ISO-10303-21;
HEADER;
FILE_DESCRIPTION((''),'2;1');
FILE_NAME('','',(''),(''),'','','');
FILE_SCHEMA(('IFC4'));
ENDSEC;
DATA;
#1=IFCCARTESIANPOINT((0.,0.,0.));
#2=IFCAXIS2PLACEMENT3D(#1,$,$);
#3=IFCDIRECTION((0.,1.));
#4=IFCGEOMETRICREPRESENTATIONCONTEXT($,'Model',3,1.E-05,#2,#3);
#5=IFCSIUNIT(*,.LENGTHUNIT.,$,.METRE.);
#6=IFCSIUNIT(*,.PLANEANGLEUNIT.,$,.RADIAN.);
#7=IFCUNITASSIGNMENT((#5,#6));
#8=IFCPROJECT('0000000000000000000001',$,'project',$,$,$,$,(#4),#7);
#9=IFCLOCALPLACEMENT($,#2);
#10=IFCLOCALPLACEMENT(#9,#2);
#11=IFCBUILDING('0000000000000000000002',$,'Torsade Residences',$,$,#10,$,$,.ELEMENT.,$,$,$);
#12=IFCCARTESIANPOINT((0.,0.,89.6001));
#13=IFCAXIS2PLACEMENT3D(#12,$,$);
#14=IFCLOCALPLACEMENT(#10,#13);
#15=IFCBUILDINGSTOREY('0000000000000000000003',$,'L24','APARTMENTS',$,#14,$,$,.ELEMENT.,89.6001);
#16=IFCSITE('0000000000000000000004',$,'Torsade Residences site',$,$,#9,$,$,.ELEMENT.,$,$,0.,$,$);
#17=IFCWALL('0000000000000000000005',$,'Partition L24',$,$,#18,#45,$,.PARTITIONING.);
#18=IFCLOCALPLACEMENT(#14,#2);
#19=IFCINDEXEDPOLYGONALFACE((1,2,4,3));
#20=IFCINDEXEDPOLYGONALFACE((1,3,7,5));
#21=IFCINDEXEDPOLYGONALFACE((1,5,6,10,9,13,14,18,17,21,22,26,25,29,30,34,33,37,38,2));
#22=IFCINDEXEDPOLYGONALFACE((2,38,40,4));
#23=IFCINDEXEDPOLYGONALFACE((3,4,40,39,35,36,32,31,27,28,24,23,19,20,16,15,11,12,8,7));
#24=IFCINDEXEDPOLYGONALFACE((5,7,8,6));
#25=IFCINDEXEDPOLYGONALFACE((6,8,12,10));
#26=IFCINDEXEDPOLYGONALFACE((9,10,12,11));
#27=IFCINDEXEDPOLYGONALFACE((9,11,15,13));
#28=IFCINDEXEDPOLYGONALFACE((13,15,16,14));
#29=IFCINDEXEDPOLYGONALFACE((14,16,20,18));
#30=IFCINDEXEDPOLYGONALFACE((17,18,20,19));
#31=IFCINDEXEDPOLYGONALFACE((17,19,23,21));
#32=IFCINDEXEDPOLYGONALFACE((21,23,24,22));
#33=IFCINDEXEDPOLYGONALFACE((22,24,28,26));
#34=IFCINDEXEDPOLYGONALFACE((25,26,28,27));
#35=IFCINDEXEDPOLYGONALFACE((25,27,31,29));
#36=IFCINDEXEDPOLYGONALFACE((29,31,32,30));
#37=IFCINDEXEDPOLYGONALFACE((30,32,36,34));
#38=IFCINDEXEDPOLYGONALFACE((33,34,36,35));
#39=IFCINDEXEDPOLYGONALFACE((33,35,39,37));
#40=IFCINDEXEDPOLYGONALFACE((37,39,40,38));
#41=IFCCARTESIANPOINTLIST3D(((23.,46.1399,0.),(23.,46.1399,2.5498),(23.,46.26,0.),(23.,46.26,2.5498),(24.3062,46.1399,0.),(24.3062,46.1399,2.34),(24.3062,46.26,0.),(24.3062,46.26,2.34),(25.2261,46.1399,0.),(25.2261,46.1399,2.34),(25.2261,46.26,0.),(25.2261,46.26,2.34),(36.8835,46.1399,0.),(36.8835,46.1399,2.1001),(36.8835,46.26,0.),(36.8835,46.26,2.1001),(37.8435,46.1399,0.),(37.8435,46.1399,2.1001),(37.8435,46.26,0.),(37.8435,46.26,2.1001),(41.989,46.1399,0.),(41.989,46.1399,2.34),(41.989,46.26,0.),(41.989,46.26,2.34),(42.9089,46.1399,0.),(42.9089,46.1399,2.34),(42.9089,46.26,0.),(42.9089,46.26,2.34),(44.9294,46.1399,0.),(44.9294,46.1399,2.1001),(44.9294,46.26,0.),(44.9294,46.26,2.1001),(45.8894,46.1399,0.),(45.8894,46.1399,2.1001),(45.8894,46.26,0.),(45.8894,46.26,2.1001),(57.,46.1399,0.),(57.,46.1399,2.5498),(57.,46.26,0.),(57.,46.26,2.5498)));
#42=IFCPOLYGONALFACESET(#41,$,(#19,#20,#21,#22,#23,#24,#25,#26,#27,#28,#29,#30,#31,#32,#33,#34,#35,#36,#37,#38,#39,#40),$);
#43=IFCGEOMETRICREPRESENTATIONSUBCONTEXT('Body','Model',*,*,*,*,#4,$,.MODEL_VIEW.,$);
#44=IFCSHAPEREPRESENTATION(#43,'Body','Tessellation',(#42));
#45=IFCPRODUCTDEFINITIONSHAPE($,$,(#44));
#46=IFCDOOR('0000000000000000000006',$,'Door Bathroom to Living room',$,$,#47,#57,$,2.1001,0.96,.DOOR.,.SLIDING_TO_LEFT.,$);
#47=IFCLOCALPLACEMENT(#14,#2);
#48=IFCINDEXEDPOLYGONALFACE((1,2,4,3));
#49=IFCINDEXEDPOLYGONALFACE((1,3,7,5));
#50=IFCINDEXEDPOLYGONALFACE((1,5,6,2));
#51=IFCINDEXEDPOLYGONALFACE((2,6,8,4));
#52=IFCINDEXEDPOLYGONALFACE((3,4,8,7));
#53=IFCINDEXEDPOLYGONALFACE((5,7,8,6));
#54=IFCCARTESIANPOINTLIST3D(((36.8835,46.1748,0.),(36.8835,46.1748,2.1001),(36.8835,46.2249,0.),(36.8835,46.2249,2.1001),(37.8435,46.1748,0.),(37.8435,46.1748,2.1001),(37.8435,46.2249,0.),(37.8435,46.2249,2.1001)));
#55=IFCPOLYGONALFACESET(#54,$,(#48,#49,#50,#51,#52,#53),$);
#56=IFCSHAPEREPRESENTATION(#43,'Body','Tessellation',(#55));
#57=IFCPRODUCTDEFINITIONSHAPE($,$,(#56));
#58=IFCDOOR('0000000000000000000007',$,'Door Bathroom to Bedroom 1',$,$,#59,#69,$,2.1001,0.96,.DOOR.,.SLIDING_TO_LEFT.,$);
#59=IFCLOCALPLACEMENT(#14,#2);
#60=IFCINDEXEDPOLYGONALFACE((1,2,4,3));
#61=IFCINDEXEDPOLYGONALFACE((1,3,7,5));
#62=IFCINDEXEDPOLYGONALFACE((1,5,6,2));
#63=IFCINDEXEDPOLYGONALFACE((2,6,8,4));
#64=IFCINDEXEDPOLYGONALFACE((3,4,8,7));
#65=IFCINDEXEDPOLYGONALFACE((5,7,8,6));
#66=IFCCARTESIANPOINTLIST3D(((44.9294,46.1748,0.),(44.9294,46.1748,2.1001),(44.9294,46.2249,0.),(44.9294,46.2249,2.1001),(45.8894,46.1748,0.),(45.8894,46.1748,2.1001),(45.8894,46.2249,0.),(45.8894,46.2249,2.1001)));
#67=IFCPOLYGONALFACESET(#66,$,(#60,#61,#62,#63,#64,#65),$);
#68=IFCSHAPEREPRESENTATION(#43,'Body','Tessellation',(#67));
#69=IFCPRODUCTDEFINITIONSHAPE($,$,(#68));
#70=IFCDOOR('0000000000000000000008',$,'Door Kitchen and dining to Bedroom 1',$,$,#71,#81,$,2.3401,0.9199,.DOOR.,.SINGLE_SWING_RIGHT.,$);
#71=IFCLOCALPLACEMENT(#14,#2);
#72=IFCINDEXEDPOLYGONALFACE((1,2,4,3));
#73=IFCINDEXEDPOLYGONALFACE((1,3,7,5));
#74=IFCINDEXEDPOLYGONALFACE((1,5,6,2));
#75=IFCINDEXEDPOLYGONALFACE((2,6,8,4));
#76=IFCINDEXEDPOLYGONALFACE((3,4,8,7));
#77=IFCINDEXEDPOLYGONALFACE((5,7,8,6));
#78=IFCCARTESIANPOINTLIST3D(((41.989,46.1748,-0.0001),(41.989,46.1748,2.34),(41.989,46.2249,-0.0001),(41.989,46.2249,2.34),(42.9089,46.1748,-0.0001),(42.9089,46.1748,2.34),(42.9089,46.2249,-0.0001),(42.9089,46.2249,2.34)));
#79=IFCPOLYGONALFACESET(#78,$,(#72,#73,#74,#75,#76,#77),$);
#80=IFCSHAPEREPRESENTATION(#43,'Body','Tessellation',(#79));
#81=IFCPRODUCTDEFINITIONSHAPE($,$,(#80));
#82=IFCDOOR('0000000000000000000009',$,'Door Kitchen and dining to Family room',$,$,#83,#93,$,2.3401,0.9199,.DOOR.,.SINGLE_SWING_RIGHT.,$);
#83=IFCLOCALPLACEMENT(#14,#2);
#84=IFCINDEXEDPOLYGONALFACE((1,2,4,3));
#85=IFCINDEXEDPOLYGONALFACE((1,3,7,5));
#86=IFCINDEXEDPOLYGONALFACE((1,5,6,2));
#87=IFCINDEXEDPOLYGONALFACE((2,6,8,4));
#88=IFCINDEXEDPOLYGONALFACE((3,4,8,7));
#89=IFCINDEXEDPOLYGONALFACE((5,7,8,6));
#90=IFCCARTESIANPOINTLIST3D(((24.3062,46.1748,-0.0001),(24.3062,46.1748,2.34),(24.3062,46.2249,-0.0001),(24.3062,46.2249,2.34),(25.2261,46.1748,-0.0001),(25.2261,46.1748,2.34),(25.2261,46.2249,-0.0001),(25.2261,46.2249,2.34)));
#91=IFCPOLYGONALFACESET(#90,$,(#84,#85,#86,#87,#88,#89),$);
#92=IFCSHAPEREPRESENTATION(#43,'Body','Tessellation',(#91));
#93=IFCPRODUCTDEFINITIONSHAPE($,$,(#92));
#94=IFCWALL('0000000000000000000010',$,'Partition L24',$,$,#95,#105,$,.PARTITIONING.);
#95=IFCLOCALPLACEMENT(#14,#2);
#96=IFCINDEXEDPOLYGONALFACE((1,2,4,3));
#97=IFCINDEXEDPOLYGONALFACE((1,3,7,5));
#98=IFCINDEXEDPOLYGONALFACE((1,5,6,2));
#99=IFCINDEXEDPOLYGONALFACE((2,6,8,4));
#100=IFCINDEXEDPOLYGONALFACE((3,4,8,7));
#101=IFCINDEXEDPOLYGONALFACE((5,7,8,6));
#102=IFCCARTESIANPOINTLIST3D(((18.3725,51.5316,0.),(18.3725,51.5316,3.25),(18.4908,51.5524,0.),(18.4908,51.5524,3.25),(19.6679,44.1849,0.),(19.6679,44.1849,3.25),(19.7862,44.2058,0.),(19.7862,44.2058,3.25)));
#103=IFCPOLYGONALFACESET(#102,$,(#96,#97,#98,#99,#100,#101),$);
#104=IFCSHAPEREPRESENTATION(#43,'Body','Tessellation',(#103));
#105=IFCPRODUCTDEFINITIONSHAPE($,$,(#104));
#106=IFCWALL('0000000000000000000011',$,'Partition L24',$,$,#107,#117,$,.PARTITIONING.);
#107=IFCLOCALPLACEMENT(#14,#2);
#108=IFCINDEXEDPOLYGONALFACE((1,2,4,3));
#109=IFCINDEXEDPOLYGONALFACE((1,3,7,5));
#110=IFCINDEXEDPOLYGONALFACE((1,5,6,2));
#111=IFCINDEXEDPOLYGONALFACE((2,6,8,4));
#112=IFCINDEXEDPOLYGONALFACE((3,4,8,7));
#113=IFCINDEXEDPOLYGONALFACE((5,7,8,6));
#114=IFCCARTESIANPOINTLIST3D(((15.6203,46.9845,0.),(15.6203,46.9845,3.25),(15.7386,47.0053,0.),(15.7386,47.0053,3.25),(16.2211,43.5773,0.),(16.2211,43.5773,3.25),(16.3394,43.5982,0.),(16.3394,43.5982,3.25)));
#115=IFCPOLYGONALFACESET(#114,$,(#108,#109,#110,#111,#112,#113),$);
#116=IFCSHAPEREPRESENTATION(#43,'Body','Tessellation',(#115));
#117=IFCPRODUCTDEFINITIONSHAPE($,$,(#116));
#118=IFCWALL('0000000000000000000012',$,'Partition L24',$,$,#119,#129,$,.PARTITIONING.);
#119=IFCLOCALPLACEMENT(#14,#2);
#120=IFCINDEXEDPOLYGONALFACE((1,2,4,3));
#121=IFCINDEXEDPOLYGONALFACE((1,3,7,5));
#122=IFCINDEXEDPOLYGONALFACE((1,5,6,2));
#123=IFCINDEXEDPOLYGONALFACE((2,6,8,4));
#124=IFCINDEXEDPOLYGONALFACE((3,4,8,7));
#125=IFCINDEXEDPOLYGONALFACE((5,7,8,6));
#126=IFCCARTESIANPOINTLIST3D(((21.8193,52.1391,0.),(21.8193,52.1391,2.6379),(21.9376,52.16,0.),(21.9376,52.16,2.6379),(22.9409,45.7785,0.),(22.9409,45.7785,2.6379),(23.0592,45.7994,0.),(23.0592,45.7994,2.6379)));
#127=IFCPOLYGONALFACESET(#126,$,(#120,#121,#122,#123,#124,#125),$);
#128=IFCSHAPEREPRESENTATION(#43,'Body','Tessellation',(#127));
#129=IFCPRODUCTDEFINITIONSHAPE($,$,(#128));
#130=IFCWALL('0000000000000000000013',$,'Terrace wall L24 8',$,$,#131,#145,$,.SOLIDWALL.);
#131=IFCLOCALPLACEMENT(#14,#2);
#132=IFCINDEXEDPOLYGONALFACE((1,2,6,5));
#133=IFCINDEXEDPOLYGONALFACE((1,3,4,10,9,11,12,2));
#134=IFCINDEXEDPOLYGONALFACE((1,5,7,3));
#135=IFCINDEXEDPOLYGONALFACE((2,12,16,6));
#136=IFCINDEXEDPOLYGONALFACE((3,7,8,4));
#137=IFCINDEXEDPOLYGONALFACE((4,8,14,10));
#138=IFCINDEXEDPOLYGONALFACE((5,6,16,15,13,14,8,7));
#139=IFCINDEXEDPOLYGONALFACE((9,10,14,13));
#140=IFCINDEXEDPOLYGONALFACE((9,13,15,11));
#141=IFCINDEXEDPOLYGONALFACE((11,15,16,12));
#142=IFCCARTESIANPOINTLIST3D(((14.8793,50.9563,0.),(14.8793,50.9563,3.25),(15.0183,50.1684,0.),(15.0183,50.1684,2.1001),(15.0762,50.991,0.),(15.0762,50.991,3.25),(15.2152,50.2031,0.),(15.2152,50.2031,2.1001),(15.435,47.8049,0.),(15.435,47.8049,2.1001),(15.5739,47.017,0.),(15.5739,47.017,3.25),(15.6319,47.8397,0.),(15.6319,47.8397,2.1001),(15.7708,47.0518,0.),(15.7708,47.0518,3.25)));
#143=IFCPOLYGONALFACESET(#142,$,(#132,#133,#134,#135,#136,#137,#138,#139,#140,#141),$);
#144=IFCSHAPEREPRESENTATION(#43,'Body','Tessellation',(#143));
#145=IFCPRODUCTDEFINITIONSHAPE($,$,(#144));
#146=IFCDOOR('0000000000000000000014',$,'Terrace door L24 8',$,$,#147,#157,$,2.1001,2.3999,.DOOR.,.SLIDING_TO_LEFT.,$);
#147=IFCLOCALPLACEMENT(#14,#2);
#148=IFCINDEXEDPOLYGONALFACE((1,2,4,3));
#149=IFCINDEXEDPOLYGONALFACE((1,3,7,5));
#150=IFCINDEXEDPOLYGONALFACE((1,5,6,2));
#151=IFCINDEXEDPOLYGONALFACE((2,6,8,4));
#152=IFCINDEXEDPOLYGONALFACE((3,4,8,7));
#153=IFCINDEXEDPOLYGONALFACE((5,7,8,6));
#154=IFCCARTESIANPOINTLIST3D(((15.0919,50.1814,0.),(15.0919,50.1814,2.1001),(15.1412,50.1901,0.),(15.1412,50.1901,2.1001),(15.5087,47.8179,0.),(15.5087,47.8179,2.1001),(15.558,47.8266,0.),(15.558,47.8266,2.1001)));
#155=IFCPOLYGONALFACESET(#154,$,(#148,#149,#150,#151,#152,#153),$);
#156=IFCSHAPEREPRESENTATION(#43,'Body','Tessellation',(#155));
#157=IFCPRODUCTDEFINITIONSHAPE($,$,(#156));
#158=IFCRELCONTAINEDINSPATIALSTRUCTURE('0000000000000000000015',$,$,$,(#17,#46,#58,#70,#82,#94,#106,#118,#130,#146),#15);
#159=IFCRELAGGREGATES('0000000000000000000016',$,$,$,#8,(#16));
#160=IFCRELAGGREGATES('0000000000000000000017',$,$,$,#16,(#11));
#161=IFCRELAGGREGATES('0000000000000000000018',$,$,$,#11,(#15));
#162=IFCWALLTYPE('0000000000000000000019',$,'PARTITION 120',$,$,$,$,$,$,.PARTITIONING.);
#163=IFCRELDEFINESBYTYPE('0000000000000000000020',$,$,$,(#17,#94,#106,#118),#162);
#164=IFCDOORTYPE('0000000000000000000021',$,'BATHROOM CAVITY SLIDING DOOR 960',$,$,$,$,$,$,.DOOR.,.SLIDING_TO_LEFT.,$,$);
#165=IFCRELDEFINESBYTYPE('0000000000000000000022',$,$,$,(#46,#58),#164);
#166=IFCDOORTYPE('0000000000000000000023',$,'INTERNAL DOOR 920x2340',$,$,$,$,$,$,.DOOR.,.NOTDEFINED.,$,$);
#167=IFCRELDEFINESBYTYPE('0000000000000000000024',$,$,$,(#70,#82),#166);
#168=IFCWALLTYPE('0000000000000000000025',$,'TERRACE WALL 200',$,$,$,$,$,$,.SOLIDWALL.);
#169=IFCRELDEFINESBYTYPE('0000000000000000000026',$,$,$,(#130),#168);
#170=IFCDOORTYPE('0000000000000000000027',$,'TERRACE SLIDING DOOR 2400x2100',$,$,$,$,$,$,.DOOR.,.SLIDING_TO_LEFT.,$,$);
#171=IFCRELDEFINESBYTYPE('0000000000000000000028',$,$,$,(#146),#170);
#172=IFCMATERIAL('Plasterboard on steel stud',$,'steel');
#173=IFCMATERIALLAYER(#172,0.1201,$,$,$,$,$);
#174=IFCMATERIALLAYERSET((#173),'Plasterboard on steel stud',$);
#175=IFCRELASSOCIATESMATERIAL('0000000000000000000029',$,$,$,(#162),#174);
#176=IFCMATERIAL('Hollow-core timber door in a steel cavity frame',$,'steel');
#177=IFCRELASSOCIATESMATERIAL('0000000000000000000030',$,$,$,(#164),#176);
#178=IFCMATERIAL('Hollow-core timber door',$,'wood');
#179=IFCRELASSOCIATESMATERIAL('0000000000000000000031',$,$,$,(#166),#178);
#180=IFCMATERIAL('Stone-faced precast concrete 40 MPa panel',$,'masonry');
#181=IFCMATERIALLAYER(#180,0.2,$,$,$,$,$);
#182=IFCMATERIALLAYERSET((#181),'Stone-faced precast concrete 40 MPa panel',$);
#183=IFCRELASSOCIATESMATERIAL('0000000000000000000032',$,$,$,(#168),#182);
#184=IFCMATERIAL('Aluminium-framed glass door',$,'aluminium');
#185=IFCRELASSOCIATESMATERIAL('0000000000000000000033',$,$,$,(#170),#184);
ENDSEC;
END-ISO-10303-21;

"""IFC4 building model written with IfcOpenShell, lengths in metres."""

from ifc_helpers import new_model, si_unit, direction, frame, frame_2d, origin, place, context, subcontext, project, spatial, rectangle, extrude, material, layer, layer_set, type_object, element, fill, save


model = new_model("IFC4")

# Units and contexts
model_context = context("Model", 3, precision=1e-05, world=origin(), true_north=direction((0.0, 1.0)))
body_context = subcontext(model_context, "Body", "Model", "MODEL_VIEW")
ifc_project = project(units=[si_unit("LENGTHUNIT", "METRE"), si_unit("PLANEANGLEUNIT", "RADIAN")], contexts=[model_context])

# Site, building, storey
site_placement = place(None, origin())
site = spatial("IfcSite", under=ifc_project, at=site_placement, Name="Torsade Residences site", CompositionType="ELEMENT", RefElevation=0.0)
building_placement = place(site_placement, origin())
building = spatial("IfcBuilding", under=site, at=building_placement, Name="Torsade Residences", CompositionType="ELEMENT")
storey_placement = place(building_placement, frame((0.0, 0.0, 89.6001)))
storey = spatial("IfcBuildingStorey", under=building, at=storey_placement, Name="L24", Description="APARTMENTS", CompositionType="ELEMENT", Elevation=89.6001)

# Wall, openings, doors
ifc_material_1 = material(Name="Plasterboard on steel stud", Category="steel")
ifc_layer_1 = layer(ifc_material_1, 0.1201)
ifc_layer_set_1 = layer_set([ifc_layer_1], Name="Plasterboard on steel stud")
wall_type_1 = type_object("IfcWallType", Name="PARTITION 120", PredefinedType="PARTITIONING", material=ifc_layer_set_1)
wall_1_placement = place(storey_placement, frame((23.0, 46.2, 0.0), z_axis=(0.0, 0.0, 1.0), x_axis=(1.0, 0.0, 0.0)))
wall_1 = element("IfcWall", 1, at=wall_1_placement, inside=storey, type_object=wall_type_1, Name="Partition L24", PredefinedType="PARTITIONING", context=body_context, shape_type="SweptSolid", body=[
    extrude(rectangle(XDim=34.0, YDim=0.1201, at=frame_2d((17.0, 0.0))), origin(), (0.0, 0.0, 1.0), 2.5498),
])
opening_1_placement = place(wall_1_placement, frame((18.989, 0.0, 0.0)))
opening_1 = element("IfcOpeningElement", 2, at=opening_1_placement, cuts=wall_1, PredefinedType="OPENING", context=body_context, shape_type="SweptSolid", body=[
    extrude(rectangle(XDim=0.9199, YDim=2.3401, at=frame_2d((0.46, 1.1699))), frame((0.0, 0.0701, 0.0), z_axis=(0.0, -1.0, 0.0), x_axis=(1.0, 0.0, 0.0)), (0.0, 0.0, 1.0), 0.1401),
])
opening_2_placement = place(wall_1_placement, frame((1.3062, 0.0, 0.0)))
opening_2 = element("IfcOpeningElement", 3, at=opening_2_placement, cuts=wall_1, PredefinedType="OPENING", context=body_context, shape_type="SweptSolid", body=[
    extrude(rectangle(XDim=0.9199, YDim=2.3401, at=frame_2d((0.46, 1.1699))), frame((0.0, 0.0701, 0.0), z_axis=(0.0, -1.0, 0.0), x_axis=(1.0, 0.0, 0.0)), (0.0, 0.0, 1.0), 0.1401),
])
opening_3_placement = place(wall_1_placement, frame((13.8835, 0.0, 0.0)))
opening_3 = element("IfcOpeningElement", 4, at=opening_3_placement, cuts=wall_1, PredefinedType="OPENING", context=body_context, shape_type="SweptSolid", body=[
    extrude(rectangle(XDim=0.96, YDim=2.1001, at=frame_2d((0.48, 1.05))), frame((0.0, 0.0701, 0.0), z_axis=(0.0, -1.0, 0.0), x_axis=(1.0, 0.0, 0.0)), (0.0, 0.0, 1.0), 0.1401),
])
opening_4_placement = place(wall_1_placement, frame((21.9294, 0.0, 0.0)))
opening_4 = element("IfcOpeningElement", 5, at=opening_4_placement, cuts=wall_1, PredefinedType="OPENING", context=body_context, shape_type="SweptSolid", body=[
    extrude(rectangle(XDim=0.96, YDim=2.1001, at=frame_2d((0.48, 1.05))), frame((0.0, 0.0701, 0.0), z_axis=(0.0, -1.0, 0.0), x_axis=(1.0, 0.0, 0.0)), (0.0, 0.0, 1.0), 0.1401),
])
ifc_material_2 = material(Name="Hollow-core timber door in a steel cavity frame", Category="steel")
door_type_1 = type_object("IfcDoorType", Name="BATHROOM CAVITY SLIDING DOOR 960", OperationType="SLIDING_TO_LEFT", PredefinedType="DOOR", material=ifc_material_2)
door_1_placement = place(opening_3_placement, origin())
door_1 = element("IfcDoor", 6, at=door_1_placement, inside=storey, type_object=door_type_1, Name="Door Bathroom to Living room", OperationType="SLIDING_TO_LEFT", OverallHeight=2.1001, OverallWidth=0.96, PredefinedType="DOOR", context=body_context, shape_type="SweptSolid", body=[
    extrude(rectangle(XDim=0.96, YDim=2.1001, at=frame_2d((0.48, 1.05))), frame((0.0, 0.0249, 0.0), z_axis=(0.0, -1.0, 0.0), x_axis=(1.0, 0.0, 0.0)), (0.0, 0.0, 1.0), 0.05),
])
fill(opening_3, door_1)
door_2_placement = place(opening_4_placement, origin())
door_2 = element("IfcDoor", 7, at=door_2_placement, inside=storey, type_object=door_type_1, Name="Door Bathroom to Bedroom 1", OperationType="SLIDING_TO_LEFT", OverallHeight=2.1001, OverallWidth=0.96, PredefinedType="DOOR", context=body_context, shape_type="SweptSolid", body=[
    extrude(rectangle(XDim=0.96, YDim=2.1001, at=frame_2d((0.48, 1.05))), frame((0.0, 0.0249, 0.0), z_axis=(0.0, -1.0, 0.0), x_axis=(1.0, 0.0, 0.0)), (0.0, 0.0, 1.0), 0.05),
])
fill(opening_4, door_2)
ifc_material_3 = material(Name="Hollow-core timber door", Category="wood")
door_type_2 = type_object("IfcDoorType", Name="INTERNAL DOOR 920x2340", OperationType="NOTDEFINED", PredefinedType="DOOR", material=ifc_material_3)
door_3_placement = place(opening_1_placement, origin())
door_3 = element("IfcDoor", 8, at=door_3_placement, inside=storey, type_object=door_type_2, Name="Door Kitchen and dining to Bedroom 1", OperationType="SINGLE_SWING_RIGHT", OverallHeight=2.3401, OverallWidth=0.9199, PredefinedType="DOOR", context=body_context, shape_type="SweptSolid", body=[
    extrude(rectangle(XDim=0.9199, YDim=2.3401, at=frame_2d((0.46, 1.1699))), frame((0.0, 0.0249, 0.0), z_axis=(0.0, -1.0, 0.0), x_axis=(1.0, 0.0, 0.0)), (0.0, 0.0, 1.0), 0.05),
])
fill(opening_1, door_3)
door_4_placement = place(opening_2_placement, origin())
door_4 = element("IfcDoor", 9, at=door_4_placement, inside=storey, type_object=door_type_2, Name="Door Kitchen and dining to Family room", OperationType="SINGLE_SWING_RIGHT", OverallHeight=2.3401, OverallWidth=0.9199, PredefinedType="DOOR", context=body_context, shape_type="SweptSolid", body=[
    extrude(rectangle(XDim=0.9199, YDim=2.3401, at=frame_2d((0.46, 1.1699))), frame((0.0, 0.0249, 0.0), z_axis=(0.0, -1.0, 0.0), x_axis=(1.0, 0.0, 0.0)), (0.0, 0.0, 1.0), 0.05),
])
fill(opening_2, door_4)

# Walls
wall_2_placement = place(storey_placement, frame((18.4316, 51.542, 0.0), z_axis=(0.0, 0.0, 1.0), x_axis=(0.173647, -0.984808, 0.0)))
element("IfcWall", 10, at=wall_2_placement, inside=storey, type_object=wall_type_1, Name="Partition L24", PredefinedType="PARTITIONING", context=body_context, shape_type="SweptSolid", body=[
    extrude(rectangle(XDim=7.46, YDim=0.1201, at=frame_2d((3.73, 0.0))), origin(), (0.0, 0.0, 1.0), 3.25),
])
wall_3_placement = place(storey_placement, frame((16.2803, 43.5876, 0.0), z_axis=(0.0, 0.0, 1.0), x_axis=(-0.173661, 0.984806, 0.0)))
element("IfcWall", 11, at=wall_3_placement, inside=storey, type_object=wall_type_1, Name="Partition L24", PredefinedType="PARTITIONING", context=body_context, shape_type="SweptSolid", body=[
    extrude(rectangle(XDim=3.4597, YDim=0.1201, at=frame_2d((1.73, 0.0))), origin(), (0.0, 0.0, 1.0), 3.25),
])
wall_4_placement = place(storey_placement, frame((21.8784, 52.1497, 0.0), z_axis=(0.0, 0.0, 1.0), x_axis=(0.173654, -0.984807, 0.0)))
element("IfcWall", 12, at=wall_4_placement, inside=storey, type_object=wall_type_1, Name="Partition L24", PredefinedType="PARTITIONING", context=body_context, shape_type="SweptSolid", body=[
    extrude(rectangle(XDim=6.4587, YDim=0.1201, at=frame_2d((3.2295, 0.0))), origin(), (0.0, 0.0, 1.0), 2.6379),
])

# Wall, opening, door
ifc_material_4 = material(Name="Stone-faced precast concrete 40 MPa panel", Category="masonry")
ifc_layer_2 = layer(ifc_material_4, 0.2)
ifc_layer_set_2 = layer_set([ifc_layer_2], Name="Stone-faced precast concrete 40 MPa panel")
wall_type_2 = type_object("IfcWallType", Name="TERRACE WALL 200", PredefinedType="SOLIDWALL", material=ifc_layer_set_2)
wall_5_placement = place(storey_placement, frame((14.9778, 50.9736, 0.0), z_axis=(0.0, 0.0, 1.0), x_axis=(0.173646, -0.984808, 0.0)))
wall_5 = element("IfcWall", 13, at=wall_5_placement, inside=storey, type_object=wall_type_2, Name="Terrace wall L24 8", PredefinedType="SOLIDWALL", context=body_context, shape_type="SweptSolid", body=[
    extrude(rectangle(XDim=4.0, YDim=0.2, at=frame_2d((2.0, 0.0))), origin(), (0.0, 0.0, 1.0), 3.25),
])
opening_5_placement = place(wall_5_placement, frame((0.8, 0.0, 0.0)))
opening_5 = element("IfcOpeningElement", 14, at=opening_5_placement, cuts=wall_5, PredefinedType="OPENING", context=body_context, shape_type="SweptSolid", body=[
    extrude(rectangle(XDim=2.3999, YDim=2.1001, at=frame_2d((1.2, 1.05))), frame((0.0, 0.1099, 0.0), z_axis=(0.0, -1.0, 0.0), x_axis=(1.0, 0.0, 0.0)), (0.0, 0.0, 1.0), 0.22),
])
ifc_material_5 = material(Name="Aluminium-framed glass door", Category="aluminium")
door_type_3 = type_object("IfcDoorType", Name="TERRACE SLIDING DOOR 2400x2100", OperationType="SLIDING_TO_LEFT", PredefinedType="DOOR", material=ifc_material_5)
door_5_placement = place(opening_5_placement, origin())
door_5 = element("IfcDoor", 15, at=door_5_placement, inside=storey, type_object=door_type_3, Name="Terrace door L24 8", OperationType="SLIDING_TO_LEFT", OverallHeight=2.1001, OverallWidth=2.3999, PredefinedType="DOOR", context=body_context, shape_type="SweptSolid", body=[
    extrude(rectangle(XDim=2.3999, YDim=2.1001, at=frame_2d((1.2, 1.05))), frame((0.0, 0.0249, 0.0), z_axis=(0.0, -1.0, 0.0), x_axis=(1.0, 0.0, 0.0)), (0.0, 0.0, 1.0), 0.05),
])
fill(opening_5, door_5)

save(model, "model.ifc")
